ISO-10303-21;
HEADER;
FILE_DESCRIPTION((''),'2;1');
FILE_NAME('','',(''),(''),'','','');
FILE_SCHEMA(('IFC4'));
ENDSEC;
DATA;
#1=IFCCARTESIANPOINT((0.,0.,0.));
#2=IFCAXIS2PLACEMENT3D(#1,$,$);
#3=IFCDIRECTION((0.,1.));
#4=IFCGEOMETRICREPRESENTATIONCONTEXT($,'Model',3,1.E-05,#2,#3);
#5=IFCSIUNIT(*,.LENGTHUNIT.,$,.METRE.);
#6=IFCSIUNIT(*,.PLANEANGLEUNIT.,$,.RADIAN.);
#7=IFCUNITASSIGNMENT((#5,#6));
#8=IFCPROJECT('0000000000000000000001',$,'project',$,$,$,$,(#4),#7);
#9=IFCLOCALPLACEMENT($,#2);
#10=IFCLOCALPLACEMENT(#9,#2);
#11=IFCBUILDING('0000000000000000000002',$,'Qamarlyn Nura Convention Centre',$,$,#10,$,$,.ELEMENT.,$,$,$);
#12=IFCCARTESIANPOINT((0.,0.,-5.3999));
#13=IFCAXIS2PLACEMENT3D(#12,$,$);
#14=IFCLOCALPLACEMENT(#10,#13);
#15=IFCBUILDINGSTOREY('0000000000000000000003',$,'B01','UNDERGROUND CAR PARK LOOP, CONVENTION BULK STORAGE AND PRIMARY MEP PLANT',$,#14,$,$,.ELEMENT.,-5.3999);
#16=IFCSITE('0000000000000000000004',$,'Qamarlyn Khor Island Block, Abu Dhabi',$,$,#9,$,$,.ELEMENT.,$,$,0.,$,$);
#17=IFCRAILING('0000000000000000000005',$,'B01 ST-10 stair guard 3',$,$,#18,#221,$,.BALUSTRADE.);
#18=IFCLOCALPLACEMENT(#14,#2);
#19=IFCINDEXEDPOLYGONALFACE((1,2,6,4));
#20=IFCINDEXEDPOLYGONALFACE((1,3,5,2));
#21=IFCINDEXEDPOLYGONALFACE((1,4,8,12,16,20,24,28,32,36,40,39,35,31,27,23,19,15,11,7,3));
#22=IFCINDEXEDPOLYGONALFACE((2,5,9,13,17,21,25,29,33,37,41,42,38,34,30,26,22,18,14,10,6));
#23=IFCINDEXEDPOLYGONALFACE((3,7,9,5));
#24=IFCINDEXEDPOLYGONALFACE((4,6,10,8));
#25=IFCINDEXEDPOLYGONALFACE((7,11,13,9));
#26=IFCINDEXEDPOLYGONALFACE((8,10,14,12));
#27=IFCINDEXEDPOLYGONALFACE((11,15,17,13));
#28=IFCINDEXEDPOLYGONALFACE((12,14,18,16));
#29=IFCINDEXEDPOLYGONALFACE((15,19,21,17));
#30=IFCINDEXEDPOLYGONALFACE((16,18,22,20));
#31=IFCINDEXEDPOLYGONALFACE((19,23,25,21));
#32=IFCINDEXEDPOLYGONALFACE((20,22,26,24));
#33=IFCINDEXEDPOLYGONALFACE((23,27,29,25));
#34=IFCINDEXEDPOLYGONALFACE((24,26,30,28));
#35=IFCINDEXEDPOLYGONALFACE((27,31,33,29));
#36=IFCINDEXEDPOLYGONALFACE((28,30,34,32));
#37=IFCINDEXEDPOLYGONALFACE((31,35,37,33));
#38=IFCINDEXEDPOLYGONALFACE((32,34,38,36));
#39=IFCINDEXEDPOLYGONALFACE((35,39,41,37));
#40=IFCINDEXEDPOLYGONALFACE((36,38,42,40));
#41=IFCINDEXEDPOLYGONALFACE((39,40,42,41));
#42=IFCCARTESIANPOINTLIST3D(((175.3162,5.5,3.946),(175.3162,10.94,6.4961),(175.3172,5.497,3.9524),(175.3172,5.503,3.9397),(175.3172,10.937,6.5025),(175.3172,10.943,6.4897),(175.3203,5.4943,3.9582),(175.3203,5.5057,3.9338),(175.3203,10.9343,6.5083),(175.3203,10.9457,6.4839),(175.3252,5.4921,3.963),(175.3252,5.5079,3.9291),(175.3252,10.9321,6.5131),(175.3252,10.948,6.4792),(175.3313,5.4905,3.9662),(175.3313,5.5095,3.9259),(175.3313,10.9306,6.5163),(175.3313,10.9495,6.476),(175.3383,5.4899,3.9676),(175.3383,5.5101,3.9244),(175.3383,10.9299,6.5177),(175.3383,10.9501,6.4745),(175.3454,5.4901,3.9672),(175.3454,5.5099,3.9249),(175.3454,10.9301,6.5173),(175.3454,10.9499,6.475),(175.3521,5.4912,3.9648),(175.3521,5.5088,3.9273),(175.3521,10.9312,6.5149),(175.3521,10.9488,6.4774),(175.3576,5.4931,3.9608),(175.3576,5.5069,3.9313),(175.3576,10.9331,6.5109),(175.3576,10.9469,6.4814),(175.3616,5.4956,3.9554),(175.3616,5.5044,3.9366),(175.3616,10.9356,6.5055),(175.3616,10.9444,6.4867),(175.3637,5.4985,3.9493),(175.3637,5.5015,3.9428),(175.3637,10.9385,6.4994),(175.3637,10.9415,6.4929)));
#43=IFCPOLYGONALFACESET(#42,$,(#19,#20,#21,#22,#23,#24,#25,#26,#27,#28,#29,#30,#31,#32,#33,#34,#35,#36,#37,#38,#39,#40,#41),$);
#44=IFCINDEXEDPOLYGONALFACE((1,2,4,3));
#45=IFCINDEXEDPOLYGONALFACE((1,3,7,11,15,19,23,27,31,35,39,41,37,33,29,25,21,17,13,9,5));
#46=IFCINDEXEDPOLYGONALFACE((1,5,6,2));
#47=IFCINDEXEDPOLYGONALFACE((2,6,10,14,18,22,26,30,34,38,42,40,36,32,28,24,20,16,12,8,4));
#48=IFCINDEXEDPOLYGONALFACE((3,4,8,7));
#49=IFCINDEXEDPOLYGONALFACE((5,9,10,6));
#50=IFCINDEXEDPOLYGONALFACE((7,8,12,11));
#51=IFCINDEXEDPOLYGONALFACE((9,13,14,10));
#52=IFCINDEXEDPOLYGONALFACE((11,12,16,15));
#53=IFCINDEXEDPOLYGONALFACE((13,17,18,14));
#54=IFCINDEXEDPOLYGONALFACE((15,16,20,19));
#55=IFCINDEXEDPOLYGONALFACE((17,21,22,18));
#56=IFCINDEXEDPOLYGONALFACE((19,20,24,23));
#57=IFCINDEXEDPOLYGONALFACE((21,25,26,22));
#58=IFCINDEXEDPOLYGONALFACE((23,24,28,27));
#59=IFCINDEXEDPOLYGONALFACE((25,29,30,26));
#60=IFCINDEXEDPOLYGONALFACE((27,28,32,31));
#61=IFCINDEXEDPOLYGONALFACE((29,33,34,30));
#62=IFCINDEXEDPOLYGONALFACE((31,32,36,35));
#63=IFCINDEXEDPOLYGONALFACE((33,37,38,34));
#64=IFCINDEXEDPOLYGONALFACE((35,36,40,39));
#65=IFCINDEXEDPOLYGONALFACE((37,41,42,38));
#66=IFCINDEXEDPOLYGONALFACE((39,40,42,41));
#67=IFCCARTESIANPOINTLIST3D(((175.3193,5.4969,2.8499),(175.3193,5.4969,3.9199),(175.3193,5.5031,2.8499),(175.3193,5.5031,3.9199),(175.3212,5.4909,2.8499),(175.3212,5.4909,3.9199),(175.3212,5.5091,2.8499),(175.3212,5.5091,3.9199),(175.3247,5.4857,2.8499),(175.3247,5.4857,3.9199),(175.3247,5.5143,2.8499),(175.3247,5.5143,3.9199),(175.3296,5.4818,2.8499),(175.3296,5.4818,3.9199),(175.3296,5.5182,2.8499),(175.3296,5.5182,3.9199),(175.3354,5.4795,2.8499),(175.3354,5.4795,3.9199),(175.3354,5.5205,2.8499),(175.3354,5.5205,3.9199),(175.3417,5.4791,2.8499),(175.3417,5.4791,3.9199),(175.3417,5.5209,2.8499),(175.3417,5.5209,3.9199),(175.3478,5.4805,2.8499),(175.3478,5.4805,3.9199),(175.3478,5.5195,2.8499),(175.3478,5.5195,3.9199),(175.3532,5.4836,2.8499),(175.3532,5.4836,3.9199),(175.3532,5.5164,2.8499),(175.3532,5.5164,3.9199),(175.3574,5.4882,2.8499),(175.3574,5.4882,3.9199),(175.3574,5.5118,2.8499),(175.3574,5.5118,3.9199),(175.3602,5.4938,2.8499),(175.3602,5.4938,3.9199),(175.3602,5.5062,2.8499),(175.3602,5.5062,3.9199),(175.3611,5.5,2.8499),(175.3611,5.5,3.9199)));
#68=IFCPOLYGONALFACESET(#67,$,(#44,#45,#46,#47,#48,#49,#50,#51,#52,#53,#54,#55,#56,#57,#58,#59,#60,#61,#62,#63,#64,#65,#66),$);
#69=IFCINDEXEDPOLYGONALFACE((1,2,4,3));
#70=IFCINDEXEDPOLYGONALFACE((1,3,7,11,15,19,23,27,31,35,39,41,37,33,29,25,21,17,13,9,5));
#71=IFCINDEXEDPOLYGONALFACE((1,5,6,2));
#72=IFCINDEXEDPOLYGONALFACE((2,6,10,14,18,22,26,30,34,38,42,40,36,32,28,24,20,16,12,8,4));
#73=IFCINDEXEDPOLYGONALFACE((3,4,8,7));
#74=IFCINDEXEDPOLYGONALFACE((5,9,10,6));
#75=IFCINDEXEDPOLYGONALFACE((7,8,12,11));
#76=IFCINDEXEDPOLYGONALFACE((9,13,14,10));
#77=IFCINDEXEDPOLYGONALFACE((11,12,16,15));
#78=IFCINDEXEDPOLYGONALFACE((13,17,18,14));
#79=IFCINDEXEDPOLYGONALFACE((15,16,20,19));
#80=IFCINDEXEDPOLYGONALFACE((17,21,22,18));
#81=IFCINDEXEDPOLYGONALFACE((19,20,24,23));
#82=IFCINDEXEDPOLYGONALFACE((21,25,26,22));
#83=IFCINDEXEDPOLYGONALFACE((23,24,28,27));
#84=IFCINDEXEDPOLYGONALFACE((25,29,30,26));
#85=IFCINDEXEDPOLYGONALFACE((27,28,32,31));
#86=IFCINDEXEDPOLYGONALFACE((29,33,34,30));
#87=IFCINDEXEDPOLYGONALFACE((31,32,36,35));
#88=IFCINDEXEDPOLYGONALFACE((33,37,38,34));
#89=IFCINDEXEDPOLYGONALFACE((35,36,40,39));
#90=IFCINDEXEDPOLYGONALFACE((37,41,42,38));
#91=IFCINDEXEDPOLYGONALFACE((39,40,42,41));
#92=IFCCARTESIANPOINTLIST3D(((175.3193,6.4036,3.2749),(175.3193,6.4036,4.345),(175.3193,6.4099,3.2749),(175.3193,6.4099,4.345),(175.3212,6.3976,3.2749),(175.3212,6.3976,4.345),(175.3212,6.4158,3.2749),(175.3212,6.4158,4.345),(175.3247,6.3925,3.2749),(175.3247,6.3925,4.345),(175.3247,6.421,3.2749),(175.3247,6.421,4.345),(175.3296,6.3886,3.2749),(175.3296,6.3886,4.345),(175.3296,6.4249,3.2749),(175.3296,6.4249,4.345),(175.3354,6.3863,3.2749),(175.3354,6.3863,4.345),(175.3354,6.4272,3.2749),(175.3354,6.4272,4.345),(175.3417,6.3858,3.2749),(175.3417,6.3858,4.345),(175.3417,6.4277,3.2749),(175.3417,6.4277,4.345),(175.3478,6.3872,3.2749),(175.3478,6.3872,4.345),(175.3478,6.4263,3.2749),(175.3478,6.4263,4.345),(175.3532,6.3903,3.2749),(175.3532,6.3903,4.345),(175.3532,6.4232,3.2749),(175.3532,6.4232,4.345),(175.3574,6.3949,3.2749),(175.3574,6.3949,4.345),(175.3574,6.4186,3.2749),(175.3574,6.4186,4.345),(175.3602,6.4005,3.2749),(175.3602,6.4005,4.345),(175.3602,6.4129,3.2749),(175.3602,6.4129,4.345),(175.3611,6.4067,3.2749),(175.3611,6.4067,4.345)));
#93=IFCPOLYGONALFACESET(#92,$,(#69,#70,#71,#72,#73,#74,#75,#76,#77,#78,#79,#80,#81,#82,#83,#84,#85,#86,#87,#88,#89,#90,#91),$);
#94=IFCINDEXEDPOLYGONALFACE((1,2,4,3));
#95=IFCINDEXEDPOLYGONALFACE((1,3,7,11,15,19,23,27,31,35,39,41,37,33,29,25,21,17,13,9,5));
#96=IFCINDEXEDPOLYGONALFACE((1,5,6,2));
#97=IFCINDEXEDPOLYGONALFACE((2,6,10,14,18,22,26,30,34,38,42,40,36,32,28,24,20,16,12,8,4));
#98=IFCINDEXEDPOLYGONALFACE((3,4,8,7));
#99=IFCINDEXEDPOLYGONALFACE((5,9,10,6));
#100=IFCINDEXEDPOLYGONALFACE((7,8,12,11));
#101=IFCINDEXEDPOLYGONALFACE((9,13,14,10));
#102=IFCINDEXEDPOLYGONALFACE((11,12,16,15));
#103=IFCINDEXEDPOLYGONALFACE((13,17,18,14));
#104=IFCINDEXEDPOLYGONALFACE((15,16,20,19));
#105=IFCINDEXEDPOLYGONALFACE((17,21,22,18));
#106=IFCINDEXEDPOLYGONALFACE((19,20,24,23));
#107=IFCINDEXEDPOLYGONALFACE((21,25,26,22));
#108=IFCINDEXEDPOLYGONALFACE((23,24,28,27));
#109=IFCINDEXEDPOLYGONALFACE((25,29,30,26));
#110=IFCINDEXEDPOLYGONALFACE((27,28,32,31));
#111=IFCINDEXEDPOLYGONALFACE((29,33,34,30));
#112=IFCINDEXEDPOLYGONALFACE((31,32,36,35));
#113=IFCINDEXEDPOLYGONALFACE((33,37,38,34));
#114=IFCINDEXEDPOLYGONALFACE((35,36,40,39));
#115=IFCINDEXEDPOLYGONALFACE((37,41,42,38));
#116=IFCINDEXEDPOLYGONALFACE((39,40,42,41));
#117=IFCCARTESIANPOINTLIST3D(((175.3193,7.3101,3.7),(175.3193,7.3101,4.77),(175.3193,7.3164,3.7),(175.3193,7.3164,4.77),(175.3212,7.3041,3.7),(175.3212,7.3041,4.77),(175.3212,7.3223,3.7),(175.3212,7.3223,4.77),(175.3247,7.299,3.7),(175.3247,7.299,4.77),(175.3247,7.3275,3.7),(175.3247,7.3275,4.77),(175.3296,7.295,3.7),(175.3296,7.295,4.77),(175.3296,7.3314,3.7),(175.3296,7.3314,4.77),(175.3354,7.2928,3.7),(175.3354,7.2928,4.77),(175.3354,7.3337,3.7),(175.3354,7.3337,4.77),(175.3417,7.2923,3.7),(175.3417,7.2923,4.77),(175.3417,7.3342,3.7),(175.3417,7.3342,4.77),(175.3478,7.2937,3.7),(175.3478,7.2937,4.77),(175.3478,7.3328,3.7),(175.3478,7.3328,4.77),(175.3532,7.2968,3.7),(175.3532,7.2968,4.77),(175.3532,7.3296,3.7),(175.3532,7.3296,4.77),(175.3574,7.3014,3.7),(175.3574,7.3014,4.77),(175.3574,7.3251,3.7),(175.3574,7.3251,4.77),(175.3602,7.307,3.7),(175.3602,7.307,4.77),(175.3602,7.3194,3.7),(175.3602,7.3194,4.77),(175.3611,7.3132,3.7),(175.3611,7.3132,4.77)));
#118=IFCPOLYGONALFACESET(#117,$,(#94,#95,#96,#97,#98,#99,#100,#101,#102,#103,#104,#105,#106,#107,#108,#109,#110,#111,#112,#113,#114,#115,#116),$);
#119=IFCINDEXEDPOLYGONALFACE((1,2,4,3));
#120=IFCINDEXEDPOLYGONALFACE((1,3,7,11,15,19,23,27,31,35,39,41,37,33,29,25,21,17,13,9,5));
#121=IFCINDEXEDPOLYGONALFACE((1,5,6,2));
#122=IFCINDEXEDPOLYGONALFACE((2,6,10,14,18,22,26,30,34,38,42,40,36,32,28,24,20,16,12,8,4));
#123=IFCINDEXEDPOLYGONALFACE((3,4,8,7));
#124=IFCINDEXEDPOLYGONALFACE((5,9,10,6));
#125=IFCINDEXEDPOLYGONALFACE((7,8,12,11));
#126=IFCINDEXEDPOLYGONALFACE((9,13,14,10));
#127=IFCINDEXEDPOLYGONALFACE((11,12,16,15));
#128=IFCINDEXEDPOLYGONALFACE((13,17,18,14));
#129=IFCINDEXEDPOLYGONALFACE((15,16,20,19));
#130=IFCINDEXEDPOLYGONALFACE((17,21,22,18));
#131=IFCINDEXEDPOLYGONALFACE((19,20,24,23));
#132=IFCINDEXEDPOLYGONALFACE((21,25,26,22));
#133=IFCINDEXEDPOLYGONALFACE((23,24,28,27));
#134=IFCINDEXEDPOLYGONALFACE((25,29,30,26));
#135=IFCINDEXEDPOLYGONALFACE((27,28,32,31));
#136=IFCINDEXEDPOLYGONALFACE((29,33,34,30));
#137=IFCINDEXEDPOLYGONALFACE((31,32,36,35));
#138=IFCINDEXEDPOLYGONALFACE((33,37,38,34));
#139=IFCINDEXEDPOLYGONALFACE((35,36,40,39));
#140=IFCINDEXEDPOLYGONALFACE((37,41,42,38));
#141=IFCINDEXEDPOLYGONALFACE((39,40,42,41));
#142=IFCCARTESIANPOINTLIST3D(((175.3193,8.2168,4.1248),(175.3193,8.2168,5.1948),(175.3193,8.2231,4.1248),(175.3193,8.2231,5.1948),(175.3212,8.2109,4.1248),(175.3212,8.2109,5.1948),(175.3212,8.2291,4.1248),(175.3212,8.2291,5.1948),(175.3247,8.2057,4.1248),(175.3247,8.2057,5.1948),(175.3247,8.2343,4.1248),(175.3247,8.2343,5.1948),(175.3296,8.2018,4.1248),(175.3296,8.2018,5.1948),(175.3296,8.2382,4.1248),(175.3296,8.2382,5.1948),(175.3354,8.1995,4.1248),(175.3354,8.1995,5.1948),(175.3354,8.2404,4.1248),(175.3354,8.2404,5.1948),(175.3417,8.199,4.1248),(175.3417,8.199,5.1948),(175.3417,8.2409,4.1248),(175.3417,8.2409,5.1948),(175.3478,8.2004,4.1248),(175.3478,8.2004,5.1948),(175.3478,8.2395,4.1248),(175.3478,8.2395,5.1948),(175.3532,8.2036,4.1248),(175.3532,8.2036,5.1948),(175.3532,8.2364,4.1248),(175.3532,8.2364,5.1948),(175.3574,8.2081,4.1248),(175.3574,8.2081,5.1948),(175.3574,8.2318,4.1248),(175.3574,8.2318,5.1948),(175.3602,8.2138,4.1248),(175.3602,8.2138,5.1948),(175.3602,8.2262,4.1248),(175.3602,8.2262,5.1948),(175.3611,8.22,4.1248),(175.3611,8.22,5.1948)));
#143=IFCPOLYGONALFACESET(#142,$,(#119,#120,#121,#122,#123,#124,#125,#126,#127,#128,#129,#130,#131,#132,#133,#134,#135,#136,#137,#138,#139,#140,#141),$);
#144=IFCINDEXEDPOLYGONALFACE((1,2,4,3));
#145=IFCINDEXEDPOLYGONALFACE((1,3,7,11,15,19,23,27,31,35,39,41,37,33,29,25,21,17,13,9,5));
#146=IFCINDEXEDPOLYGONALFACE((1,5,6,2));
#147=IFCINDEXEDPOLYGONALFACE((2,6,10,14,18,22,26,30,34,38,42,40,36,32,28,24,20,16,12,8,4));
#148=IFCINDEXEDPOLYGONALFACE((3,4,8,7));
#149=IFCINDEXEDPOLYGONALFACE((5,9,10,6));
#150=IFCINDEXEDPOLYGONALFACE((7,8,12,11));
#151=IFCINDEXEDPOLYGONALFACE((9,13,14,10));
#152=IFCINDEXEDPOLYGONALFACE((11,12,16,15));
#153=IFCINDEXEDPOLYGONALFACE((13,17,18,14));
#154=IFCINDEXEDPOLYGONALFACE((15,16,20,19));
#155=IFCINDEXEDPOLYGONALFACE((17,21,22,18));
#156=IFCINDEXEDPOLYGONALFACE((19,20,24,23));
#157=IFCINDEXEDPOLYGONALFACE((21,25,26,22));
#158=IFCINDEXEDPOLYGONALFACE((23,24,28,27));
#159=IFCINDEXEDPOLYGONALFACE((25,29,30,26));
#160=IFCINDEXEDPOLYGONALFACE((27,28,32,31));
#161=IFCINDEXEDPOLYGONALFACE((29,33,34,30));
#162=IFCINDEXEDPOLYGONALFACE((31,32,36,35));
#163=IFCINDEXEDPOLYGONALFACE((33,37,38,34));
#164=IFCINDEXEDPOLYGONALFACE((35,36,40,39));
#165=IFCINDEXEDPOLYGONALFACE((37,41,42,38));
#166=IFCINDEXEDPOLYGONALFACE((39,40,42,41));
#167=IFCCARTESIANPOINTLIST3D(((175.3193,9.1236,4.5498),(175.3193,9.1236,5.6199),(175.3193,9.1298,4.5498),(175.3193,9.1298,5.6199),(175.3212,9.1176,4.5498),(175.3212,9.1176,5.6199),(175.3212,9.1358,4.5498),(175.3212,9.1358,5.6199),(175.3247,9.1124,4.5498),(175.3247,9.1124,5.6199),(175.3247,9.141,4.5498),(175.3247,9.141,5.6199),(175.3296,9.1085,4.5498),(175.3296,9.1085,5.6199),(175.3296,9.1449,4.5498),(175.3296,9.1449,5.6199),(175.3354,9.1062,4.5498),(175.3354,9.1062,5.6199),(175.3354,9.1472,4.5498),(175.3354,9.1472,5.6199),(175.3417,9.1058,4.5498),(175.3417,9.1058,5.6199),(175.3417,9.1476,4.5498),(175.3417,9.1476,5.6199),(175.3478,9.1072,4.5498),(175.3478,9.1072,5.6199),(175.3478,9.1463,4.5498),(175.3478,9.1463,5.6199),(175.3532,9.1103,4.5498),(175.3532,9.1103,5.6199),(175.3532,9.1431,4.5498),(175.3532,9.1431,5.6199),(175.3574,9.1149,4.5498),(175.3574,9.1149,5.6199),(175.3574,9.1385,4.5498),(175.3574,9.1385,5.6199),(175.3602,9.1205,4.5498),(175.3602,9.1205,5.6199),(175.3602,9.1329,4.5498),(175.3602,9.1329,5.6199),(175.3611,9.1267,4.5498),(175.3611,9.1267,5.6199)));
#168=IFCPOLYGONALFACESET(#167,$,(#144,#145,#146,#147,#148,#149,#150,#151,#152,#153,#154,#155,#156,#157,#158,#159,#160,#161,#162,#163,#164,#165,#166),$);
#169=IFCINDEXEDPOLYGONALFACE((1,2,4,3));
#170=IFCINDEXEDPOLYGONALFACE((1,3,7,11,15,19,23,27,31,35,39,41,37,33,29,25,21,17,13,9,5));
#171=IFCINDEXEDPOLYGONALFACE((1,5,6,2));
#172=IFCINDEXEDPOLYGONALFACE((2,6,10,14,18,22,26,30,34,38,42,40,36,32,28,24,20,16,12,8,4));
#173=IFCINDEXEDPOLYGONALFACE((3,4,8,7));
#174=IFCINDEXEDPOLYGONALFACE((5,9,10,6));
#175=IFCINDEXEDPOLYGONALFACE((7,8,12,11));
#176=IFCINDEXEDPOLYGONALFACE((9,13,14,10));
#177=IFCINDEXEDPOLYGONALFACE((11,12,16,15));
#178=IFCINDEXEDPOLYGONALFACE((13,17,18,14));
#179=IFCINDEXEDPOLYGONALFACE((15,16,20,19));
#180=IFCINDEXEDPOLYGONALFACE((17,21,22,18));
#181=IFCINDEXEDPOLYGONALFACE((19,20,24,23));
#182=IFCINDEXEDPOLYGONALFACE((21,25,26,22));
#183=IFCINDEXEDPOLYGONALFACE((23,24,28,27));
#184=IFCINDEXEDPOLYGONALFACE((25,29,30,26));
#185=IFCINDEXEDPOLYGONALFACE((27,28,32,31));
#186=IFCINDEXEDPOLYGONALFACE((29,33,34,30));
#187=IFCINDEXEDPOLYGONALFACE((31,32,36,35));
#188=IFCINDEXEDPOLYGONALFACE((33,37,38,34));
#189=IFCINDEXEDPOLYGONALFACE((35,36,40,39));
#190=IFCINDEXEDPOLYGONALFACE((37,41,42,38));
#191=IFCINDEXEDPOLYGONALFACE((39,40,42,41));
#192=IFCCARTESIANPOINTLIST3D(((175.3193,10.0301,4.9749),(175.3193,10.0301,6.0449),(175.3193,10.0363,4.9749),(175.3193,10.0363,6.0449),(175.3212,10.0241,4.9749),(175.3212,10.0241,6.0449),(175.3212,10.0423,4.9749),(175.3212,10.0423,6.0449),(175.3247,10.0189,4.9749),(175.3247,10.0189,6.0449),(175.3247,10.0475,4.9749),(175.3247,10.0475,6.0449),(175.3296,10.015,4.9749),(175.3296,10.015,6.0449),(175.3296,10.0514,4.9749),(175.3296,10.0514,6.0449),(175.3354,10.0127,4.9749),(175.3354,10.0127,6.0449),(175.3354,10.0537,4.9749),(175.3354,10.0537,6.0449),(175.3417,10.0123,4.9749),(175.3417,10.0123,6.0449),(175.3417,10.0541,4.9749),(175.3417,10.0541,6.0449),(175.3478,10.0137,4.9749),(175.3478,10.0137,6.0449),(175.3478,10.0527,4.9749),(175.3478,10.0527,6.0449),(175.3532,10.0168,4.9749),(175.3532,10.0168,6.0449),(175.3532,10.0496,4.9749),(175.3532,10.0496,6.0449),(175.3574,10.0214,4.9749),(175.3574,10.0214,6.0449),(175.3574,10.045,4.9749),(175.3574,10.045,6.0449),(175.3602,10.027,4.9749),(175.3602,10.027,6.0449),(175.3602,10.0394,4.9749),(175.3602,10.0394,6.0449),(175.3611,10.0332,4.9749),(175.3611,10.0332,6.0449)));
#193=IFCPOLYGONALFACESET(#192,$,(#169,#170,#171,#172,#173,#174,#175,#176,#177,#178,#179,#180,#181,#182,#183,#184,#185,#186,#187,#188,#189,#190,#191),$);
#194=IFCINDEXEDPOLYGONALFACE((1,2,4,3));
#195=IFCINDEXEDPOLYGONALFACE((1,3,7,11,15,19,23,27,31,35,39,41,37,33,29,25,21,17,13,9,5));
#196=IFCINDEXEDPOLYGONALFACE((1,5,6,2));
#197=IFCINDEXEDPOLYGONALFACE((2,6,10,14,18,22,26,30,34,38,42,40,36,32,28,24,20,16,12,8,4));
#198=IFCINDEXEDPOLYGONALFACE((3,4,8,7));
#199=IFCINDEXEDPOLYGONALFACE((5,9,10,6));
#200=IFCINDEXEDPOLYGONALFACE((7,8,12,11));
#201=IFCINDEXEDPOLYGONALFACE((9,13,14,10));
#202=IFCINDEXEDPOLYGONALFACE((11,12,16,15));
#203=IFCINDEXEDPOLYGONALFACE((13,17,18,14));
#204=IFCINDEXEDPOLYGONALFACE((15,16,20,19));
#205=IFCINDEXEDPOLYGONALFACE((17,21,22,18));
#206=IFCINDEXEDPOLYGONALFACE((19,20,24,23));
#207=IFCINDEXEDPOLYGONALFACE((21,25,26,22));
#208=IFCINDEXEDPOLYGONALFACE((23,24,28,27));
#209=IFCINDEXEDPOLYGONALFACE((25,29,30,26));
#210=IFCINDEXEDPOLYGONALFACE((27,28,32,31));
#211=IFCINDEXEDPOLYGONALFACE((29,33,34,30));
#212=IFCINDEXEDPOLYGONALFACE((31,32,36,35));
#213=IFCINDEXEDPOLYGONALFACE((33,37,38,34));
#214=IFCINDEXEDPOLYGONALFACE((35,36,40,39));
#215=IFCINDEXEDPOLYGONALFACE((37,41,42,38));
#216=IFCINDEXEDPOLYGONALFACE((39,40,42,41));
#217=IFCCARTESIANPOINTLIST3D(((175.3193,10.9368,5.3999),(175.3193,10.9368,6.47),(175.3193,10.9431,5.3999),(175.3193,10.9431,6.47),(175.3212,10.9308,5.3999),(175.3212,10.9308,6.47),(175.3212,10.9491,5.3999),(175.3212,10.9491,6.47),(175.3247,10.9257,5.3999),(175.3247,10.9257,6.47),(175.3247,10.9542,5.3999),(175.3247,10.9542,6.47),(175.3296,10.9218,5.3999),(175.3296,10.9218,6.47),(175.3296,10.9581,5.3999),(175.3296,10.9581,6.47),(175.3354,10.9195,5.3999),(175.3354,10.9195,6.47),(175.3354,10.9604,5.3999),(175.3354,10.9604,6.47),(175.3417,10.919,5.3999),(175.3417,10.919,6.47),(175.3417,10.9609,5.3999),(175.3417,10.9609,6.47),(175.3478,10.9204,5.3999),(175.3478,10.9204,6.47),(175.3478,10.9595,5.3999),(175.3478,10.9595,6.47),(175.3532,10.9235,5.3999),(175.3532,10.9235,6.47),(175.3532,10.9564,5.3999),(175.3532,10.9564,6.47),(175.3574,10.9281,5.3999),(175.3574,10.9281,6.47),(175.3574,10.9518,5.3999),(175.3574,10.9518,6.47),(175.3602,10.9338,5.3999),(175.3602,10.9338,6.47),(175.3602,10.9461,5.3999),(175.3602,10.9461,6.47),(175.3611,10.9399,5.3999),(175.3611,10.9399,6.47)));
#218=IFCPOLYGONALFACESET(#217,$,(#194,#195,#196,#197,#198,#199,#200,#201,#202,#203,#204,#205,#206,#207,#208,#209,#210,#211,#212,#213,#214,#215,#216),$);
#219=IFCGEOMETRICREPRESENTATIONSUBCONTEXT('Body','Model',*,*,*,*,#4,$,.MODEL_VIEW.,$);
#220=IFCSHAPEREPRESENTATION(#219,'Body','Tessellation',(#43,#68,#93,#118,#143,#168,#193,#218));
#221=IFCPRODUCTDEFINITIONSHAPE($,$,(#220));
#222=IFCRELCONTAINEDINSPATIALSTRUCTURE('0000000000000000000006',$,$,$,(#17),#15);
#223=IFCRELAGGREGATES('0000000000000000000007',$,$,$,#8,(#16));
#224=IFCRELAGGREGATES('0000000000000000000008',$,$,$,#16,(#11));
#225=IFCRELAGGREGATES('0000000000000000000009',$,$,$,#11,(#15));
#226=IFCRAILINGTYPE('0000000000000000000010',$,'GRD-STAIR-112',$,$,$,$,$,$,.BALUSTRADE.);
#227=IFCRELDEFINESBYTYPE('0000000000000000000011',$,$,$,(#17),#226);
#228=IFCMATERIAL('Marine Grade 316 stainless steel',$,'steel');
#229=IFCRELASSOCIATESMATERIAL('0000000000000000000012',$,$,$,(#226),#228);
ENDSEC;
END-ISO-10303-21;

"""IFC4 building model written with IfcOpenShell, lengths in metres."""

from ifc_helpers import new_model, si_unit, direction, frame, origin, origin_2d, place, context, subcontext, project, spatial, circle, extrude, material, type_object, element, save


model = new_model("IFC4")

# Units and contexts
model_context = context("Model", 3, precision=1e-05, world=origin(), true_north=direction((0.0, 1.0)))
body_context = subcontext(model_context, "Body", "Model", "MODEL_VIEW")
ifc_project = project(units=[si_unit("LENGTHUNIT", "METRE"), si_unit("PLANEANGLEUNIT", "RADIAN")], contexts=[model_context])

# Site, building, storey
site_placement = place(None, origin())
site = spatial("IfcSite", under=ifc_project, at=site_placement, Name="Qamarlyn Khor Island Block, Abu Dhabi", CompositionType="ELEMENT", RefElevation=0.0)
building_placement = place(site_placement, origin())
building = spatial("IfcBuilding", under=site, at=building_placement, Name="Qamarlyn Nura Convention Centre", CompositionType="ELEMENT")
storey_placement = place(building_placement, frame((0.0, 0.0, -5.3999)))
storey = spatial("IfcBuildingStorey", under=building, at=storey_placement, Name="B01", Description="UNDERGROUND CAR PARK LOOP, CONVENTION BULK STORAGE AND PRIMARY MEP PLANT", CompositionType="ELEMENT", Elevation=-5.3999)

# Railing
ifc_material_1 = material(Name="Marine Grade 316 stainless steel", Category="steel")
railing_type_1 = type_object("IfcRailingType", Name="GRD-STAIR-112", PredefinedType="BALUSTRADE", material=ifc_material_1)
railing_1_placement = place(storey_placement, frame((175.3401, 5.5, 2.8499)))
element("IfcRailing", 1, at=railing_1_placement, inside=storey, type_object=railing_type_1, Name="B01 ST-10 stair guard 3", PredefinedType="BALUSTRADE", context=body_context, shape_type="SweptSolid", body=[
    extrude(circle(Radius=0.0239, at=origin_2d()), frame((0.0, 0.0, 1.0962), z_axis=(0.0, 0.905454, 0.424444), x_axis=(-1.0, 0.0, 0.0)), (0.0, 0.0, 1.0), 6.0081),
    extrude(circle(Radius=0.021, at=origin_2d()), origin(), (0.0, 0.0, 1.0), 1.0701),
    extrude(circle(Radius=0.021, at=origin_2d()), frame((0.0, 0.9067, 0.425)), (0.0, 0.0, 1.0), 1.0701),
    extrude(circle(Radius=0.021, at=origin_2d()), frame((0.0, 1.8132, 0.8501)), (0.0, 0.0, 1.0), 1.0701),
    extrude(circle(Radius=0.021, at=origin_2d()), frame((0.0, 2.72, 1.2749)), (0.0, 0.0, 1.0), 1.0701),
    extrude(circle(Radius=0.021, at=origin_2d()), frame((0.0, 3.6267, 1.7)), (0.0, 0.0, 1.0), 1.0701),
    extrude(circle(Radius=0.021, at=origin_2d()), frame((0.0, 4.5332, 2.125)), (0.0, 0.0, 1.0), 1.0701),
    extrude(circle(Radius=0.021, at=origin_2d()), frame((0.0, 5.4399, 2.55)), (0.0, 0.0, 1.0), 1.0701),
])

save(model, "model.ifc")
